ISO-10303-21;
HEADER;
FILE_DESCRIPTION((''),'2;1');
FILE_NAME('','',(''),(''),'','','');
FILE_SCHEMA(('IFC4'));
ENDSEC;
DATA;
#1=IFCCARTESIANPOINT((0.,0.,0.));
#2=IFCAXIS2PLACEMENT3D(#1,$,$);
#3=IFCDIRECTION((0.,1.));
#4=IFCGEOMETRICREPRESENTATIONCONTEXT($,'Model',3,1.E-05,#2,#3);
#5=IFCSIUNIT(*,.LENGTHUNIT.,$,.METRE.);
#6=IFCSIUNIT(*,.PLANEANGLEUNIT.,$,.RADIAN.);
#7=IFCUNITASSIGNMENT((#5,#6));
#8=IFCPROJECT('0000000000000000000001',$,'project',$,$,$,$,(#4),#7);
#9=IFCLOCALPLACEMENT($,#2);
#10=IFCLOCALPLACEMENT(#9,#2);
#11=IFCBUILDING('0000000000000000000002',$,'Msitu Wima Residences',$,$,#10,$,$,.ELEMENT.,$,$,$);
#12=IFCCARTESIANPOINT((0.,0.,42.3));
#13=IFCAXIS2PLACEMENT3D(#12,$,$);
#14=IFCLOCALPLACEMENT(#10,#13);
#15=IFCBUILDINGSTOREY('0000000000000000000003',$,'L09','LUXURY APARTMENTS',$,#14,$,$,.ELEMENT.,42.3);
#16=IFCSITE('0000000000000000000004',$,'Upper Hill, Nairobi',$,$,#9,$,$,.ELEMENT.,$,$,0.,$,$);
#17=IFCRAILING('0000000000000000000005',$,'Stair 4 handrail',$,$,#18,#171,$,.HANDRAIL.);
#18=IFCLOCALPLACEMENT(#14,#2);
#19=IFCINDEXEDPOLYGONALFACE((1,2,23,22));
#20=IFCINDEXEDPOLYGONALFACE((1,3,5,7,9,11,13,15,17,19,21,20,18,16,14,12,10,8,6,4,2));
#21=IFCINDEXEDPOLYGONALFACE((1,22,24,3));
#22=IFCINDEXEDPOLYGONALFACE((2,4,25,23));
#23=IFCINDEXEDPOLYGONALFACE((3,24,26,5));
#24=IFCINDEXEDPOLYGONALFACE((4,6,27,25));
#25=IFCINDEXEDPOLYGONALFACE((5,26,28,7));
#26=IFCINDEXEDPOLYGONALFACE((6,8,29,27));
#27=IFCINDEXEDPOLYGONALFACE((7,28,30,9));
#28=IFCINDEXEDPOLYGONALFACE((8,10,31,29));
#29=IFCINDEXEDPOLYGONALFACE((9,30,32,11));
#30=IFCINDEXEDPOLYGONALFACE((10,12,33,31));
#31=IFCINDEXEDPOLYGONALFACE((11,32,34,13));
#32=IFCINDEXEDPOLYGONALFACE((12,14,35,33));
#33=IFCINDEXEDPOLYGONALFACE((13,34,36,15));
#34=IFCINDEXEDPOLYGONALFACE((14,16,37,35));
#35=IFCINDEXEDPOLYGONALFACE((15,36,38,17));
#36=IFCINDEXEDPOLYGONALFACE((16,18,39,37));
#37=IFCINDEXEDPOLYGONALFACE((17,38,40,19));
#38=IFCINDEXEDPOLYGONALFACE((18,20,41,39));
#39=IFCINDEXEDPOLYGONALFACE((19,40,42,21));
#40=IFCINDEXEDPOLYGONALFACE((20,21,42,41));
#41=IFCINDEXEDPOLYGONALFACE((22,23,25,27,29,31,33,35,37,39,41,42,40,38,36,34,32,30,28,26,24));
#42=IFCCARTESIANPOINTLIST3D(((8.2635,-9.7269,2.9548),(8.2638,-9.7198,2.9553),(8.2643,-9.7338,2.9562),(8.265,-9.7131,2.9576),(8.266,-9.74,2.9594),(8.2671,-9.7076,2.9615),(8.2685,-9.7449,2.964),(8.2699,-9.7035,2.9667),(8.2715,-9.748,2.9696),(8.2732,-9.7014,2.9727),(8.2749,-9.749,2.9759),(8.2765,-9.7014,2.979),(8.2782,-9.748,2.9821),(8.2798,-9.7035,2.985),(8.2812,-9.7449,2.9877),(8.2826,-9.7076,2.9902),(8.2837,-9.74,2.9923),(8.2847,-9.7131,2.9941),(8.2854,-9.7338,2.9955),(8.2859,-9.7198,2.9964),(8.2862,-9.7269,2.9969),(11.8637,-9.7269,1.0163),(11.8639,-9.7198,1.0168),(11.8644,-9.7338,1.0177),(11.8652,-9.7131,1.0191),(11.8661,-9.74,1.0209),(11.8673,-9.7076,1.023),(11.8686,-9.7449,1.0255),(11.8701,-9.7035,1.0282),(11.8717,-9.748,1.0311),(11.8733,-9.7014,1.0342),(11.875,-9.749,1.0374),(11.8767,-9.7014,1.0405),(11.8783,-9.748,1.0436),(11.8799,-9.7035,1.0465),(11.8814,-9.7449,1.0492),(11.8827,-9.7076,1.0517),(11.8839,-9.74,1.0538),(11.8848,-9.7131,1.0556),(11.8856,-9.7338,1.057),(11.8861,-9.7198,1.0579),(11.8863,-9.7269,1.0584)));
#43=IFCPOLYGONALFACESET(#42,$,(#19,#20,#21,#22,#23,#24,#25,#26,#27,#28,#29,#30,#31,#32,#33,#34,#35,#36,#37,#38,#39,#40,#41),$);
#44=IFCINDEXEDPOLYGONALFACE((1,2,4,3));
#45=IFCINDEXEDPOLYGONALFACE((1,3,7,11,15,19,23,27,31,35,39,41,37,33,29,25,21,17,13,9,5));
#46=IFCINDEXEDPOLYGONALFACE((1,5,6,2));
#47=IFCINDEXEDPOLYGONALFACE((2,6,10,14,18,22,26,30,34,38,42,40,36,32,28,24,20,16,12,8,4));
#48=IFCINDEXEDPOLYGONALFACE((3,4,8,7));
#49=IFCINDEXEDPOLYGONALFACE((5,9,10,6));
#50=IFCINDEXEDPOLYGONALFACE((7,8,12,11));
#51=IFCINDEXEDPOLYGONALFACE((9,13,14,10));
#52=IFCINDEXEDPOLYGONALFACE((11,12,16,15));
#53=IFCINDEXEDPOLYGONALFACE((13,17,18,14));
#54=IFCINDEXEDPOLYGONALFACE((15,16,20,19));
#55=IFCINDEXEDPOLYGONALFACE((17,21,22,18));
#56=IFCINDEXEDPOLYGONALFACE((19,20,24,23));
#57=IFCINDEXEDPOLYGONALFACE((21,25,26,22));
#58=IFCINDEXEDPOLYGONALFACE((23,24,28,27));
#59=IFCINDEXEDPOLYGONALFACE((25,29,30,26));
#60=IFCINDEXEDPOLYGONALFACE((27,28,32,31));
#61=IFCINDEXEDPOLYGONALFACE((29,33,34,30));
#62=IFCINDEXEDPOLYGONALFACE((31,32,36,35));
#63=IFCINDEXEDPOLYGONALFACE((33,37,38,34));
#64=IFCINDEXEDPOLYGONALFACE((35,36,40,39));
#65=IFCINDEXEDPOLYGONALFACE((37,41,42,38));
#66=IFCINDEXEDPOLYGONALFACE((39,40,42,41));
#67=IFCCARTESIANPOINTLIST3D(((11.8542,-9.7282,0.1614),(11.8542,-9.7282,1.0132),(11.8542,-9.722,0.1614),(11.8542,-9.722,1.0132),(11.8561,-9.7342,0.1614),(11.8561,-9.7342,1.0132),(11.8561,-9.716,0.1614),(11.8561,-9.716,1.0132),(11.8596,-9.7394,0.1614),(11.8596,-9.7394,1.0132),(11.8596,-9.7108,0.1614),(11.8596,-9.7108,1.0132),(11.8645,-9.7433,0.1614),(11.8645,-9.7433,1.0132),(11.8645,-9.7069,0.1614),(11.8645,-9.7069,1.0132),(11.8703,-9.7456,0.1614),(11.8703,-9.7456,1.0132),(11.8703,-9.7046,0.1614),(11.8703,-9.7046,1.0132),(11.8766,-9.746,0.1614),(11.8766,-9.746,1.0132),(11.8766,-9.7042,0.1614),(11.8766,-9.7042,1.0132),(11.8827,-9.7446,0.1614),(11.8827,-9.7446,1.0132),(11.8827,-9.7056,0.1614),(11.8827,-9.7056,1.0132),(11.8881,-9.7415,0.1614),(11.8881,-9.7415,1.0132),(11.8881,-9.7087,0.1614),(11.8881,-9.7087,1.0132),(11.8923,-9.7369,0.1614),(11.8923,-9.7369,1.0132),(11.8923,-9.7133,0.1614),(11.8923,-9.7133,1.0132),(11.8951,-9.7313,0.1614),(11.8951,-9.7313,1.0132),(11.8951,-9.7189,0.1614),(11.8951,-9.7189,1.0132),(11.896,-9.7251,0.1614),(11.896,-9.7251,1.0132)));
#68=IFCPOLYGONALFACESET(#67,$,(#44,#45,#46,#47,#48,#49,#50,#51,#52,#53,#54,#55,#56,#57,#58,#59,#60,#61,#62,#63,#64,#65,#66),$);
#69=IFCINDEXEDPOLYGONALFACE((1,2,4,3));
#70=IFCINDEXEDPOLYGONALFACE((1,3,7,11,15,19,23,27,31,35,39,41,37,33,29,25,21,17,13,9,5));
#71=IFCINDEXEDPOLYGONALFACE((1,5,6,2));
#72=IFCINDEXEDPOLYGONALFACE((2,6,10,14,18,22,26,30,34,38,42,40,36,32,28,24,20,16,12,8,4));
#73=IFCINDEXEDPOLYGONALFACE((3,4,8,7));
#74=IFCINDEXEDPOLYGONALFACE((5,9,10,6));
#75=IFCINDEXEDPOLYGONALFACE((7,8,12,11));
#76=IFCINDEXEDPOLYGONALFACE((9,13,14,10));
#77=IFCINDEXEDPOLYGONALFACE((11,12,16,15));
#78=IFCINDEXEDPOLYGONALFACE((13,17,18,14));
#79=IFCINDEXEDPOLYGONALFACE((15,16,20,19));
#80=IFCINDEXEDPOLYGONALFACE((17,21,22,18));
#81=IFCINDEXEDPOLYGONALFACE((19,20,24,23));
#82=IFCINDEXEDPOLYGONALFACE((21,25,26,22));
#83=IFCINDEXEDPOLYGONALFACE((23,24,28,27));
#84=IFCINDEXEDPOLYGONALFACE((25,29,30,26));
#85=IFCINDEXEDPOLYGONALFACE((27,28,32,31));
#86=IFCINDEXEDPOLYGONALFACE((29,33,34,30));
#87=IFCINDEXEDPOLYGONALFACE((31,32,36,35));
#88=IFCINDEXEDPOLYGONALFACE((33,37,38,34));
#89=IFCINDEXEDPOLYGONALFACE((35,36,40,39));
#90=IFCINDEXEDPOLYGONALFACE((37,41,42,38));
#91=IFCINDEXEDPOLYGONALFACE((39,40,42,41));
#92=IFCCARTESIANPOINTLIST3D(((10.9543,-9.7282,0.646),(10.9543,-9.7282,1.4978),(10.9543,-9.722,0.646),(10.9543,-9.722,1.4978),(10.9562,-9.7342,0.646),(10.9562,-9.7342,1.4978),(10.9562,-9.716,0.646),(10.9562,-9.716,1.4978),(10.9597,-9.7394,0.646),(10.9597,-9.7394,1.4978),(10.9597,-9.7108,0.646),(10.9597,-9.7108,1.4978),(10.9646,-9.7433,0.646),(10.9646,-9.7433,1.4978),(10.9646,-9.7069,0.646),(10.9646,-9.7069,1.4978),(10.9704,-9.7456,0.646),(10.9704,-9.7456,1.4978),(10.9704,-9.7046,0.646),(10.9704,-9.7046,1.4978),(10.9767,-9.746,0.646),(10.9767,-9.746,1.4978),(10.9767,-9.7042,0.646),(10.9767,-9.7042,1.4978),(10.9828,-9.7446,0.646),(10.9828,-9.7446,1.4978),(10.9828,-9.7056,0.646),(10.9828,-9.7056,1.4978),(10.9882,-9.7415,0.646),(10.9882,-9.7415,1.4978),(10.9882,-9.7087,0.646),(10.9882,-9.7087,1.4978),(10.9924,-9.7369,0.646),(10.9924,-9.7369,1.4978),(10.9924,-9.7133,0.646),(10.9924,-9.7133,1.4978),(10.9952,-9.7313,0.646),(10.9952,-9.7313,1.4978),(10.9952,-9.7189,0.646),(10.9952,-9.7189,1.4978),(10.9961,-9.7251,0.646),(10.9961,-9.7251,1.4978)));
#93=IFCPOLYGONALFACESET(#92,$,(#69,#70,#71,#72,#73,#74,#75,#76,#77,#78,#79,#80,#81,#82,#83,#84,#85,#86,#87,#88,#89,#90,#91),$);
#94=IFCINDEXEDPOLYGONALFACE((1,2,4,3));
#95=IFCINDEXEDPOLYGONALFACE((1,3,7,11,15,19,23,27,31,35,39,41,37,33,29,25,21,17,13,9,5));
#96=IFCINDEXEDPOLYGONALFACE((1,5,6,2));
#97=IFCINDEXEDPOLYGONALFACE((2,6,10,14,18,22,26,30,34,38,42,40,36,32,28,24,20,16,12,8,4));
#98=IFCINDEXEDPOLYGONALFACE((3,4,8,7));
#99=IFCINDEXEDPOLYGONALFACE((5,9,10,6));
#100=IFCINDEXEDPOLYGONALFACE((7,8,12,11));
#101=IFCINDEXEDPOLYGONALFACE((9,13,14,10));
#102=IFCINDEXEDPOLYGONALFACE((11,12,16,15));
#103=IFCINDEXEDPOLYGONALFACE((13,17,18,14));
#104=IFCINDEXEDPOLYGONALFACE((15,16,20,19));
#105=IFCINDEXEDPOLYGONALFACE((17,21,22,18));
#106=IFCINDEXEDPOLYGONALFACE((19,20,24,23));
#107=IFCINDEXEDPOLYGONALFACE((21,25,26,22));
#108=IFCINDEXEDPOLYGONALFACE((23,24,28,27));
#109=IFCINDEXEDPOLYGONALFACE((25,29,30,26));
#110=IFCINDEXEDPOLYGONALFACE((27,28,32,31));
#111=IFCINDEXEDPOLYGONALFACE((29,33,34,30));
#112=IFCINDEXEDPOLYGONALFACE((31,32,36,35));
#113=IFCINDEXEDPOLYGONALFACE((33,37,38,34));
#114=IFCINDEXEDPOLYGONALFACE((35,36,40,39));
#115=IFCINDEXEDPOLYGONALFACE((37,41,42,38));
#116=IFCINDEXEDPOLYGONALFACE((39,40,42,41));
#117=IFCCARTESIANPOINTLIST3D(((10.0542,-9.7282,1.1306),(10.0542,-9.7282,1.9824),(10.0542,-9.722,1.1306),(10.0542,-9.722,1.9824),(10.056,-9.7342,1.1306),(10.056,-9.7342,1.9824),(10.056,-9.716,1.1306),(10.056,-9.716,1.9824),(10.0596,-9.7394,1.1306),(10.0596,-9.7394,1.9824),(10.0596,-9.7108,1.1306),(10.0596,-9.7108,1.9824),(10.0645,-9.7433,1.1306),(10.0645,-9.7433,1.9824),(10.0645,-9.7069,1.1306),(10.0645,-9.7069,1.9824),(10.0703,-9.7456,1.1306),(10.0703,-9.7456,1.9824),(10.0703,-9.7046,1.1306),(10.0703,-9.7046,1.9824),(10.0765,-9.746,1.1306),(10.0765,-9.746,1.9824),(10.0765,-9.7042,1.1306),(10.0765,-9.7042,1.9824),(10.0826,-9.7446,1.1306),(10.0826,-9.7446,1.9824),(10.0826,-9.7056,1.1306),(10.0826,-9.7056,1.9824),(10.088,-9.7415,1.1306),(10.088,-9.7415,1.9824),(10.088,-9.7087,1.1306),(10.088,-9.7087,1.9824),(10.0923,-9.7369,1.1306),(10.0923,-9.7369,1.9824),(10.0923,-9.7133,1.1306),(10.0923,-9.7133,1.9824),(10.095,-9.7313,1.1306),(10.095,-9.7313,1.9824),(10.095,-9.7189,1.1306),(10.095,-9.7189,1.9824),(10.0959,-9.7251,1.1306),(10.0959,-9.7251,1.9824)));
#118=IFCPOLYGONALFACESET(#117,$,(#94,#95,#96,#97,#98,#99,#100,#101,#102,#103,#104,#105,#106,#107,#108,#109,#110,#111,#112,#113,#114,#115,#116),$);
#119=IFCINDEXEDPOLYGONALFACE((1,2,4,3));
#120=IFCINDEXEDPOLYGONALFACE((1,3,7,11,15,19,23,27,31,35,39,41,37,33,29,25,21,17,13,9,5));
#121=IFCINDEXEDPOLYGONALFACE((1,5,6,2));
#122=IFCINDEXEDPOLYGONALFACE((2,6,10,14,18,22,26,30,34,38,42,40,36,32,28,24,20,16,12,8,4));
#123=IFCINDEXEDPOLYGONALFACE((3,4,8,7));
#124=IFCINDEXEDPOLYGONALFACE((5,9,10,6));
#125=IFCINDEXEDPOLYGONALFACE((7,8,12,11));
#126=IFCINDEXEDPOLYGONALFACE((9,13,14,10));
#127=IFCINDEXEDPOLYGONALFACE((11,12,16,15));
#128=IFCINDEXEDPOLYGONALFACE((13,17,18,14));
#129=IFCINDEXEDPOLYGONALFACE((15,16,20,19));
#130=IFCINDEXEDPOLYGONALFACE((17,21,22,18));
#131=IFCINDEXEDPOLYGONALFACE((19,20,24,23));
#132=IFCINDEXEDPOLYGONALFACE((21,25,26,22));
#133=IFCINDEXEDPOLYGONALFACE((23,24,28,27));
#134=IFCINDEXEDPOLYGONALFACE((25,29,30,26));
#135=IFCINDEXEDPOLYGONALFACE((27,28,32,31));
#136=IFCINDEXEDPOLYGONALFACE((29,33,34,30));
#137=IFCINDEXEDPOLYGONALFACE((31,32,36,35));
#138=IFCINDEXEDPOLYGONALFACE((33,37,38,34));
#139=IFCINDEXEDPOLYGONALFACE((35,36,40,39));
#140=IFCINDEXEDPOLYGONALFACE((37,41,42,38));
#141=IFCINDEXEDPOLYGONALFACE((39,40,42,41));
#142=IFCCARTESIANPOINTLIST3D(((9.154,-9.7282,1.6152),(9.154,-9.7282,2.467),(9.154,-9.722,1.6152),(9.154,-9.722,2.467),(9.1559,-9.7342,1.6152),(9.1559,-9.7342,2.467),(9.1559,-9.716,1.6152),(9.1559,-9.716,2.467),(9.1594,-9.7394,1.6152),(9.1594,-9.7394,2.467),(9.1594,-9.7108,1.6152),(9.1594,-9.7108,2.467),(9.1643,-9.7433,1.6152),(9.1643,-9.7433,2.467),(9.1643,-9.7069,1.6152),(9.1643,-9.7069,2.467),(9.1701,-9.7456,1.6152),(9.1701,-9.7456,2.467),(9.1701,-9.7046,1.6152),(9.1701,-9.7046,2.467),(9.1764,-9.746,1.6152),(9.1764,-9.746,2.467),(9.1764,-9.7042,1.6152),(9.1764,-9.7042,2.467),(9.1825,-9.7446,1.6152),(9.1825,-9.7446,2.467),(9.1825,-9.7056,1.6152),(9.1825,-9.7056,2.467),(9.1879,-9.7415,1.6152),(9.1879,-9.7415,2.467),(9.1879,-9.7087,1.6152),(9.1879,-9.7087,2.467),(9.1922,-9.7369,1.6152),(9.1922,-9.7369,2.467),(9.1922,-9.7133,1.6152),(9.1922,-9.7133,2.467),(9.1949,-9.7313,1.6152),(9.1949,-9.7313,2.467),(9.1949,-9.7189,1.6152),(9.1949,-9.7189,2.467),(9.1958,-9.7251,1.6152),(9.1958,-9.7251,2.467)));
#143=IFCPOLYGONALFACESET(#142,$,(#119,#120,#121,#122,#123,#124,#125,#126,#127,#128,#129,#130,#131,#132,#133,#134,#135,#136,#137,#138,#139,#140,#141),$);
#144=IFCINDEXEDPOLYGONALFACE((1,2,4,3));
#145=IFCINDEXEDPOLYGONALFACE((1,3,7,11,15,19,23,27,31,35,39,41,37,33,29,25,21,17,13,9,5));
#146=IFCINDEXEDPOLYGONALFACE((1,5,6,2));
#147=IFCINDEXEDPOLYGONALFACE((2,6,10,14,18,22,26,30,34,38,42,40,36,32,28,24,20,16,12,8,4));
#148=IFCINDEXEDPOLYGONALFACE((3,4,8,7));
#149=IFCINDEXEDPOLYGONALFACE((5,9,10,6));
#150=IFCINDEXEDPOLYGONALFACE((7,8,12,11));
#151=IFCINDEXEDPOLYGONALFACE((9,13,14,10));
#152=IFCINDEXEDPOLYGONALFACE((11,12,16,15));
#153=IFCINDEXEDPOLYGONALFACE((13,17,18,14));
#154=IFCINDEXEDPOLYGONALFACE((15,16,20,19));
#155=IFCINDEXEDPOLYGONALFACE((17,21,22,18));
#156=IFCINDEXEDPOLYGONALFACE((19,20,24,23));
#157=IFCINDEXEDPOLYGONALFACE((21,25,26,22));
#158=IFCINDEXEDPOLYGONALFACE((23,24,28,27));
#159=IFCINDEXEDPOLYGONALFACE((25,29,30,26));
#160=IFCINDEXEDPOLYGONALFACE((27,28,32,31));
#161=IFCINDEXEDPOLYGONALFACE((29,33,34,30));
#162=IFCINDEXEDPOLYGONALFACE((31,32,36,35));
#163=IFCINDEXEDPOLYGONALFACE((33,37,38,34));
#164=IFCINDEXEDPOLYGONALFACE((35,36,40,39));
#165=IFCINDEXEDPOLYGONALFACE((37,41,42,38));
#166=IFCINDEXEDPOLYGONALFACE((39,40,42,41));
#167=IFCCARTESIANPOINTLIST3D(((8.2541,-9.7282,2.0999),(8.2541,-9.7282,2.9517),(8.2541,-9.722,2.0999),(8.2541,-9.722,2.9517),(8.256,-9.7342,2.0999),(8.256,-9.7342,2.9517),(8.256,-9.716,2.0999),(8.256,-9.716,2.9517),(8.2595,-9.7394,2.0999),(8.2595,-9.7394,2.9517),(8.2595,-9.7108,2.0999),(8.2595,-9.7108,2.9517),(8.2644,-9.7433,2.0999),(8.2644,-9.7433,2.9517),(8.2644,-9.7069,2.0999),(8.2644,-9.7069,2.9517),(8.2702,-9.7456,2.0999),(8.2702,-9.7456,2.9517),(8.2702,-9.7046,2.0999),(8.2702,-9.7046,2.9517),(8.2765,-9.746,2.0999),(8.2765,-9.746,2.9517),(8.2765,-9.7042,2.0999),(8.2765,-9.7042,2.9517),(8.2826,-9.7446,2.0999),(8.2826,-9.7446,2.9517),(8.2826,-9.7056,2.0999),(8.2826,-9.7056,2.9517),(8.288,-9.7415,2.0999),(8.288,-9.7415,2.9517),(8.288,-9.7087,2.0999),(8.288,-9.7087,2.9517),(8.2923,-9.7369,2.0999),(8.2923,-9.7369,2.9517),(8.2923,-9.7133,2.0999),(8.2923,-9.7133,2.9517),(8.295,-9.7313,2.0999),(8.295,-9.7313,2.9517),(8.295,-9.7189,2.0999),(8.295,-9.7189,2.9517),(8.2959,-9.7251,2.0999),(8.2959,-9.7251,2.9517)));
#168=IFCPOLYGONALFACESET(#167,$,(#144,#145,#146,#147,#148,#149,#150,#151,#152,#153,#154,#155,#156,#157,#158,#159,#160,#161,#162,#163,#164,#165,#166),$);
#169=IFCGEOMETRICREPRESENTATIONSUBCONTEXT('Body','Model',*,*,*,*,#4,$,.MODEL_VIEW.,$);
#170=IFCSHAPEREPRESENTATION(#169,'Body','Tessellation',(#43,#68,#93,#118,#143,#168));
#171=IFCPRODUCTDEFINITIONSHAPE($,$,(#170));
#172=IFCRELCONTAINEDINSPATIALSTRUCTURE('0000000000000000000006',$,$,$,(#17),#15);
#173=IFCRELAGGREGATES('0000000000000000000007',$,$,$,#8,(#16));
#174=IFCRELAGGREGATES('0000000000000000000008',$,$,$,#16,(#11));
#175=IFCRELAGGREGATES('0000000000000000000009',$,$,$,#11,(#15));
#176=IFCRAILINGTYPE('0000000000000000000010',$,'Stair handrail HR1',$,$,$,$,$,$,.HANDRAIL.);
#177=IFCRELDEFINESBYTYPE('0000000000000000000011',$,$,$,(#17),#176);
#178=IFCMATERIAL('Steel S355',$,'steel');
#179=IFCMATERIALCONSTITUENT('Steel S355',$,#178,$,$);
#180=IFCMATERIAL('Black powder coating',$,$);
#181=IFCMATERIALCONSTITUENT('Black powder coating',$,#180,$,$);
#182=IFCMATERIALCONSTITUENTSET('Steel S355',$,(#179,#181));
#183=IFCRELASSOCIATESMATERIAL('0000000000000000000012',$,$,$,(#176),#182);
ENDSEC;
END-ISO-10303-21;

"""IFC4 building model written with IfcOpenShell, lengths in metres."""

from ifc_helpers import new_model, si_unit, direction, frame, origin, origin_2d, place, context, subcontext, project, spatial, circle, extrude, material, constituent, constituent_set, type_object, element, save


model = new_model("IFC4")

# Units and contexts
model_context = context("Model", 3, precision=1e-05, world=origin(), true_north=direction((0.0, 1.0)))
body_context = subcontext(model_context, "Body", "Model", "MODEL_VIEW")
ifc_project = project(units=[si_unit("LENGTHUNIT", "METRE"), si_unit("PLANEANGLEUNIT", "RADIAN")], contexts=[model_context])

# Site, building, storey
site_placement = place(None, origin())
site = spatial("IfcSite", under=ifc_project, at=site_placement, Name="Upper Hill, Nairobi", CompositionType="ELEMENT", RefElevation=0.0)
building_placement = place(site_placement, origin())
building = spatial("IfcBuilding", under=site, at=building_placement, Name="Msitu Wima Residences", CompositionType="ELEMENT")
storey_placement = place(building_placement, frame((0.0, 0.0, 42.3)))
storey = spatial("IfcBuildingStorey", under=building, at=storey_placement, Name="L09", Description="LUXURY APARTMENTS", CompositionType="ELEMENT", Elevation=42.3)

# Railing
ifc_material_1 = material(Name="Steel S355", Category="steel")
ifc_constituent_1 = constituent(ifc_material_1, Name="Steel S355")
ifc_material_2 = material(Name="Black powder coating")
ifc_constituent_2 = constituent(ifc_material_2, Name="Black powder coating")
ifc_constituent_set = constituent_set(constituents=[ifc_constituent_1, ifc_constituent_2], Name="Steel S355")
railing_type = type_object("IfcRailingType", Name="Stair handrail HR1", PredefinedType="HANDRAIL", material=ifc_constituent_set)
for number, where, name in (
    (1, (11.875, -9.7251, 0.1614), "Stair 4 handrail"),
):
    element("IfcRailing", number, at=place(storey_placement, frame(where)), inside=storey, type_object=railing_type, Name=name, PredefinedType="HANDRAIL", context=body_context, shape_type="SweptSolid", body=[
        extrude(circle(Radius=0.0239, at=origin_2d()), frame((0.0, 0.0, 0.876), z_axis=(-0.880475, 0.0, 0.474093), x_axis=(0.0, -1.0, 0.0)), (0.0, 0.0, 1.0), 4.0889),
        extrude(circle(Radius=0.021, at=origin_2d()), origin(), (0.0, 0.0, 1.0), 0.8518),
        extrude(circle(Radius=0.021, at=origin_2d()), frame((-0.8999, 0.0, 0.4846)), (0.0, 0.0, 1.0), 0.8518),
        extrude(circle(Radius=0.021, at=origin_2d()), frame((-1.8, 0.0, 0.9692)), (0.0, 0.0, 1.0), 0.8518),
        extrude(circle(Radius=0.021, at=origin_2d()), frame((-2.7002, 0.0, 1.4539)), (0.0, 0.0, 1.0), 0.8518),
        extrude(circle(Radius=0.021, at=origin_2d()), frame((-3.6001, 0.0, 1.9385)), (0.0, 0.0, 1.0), 0.8518),
    ])

save(model, "model.ifc")
